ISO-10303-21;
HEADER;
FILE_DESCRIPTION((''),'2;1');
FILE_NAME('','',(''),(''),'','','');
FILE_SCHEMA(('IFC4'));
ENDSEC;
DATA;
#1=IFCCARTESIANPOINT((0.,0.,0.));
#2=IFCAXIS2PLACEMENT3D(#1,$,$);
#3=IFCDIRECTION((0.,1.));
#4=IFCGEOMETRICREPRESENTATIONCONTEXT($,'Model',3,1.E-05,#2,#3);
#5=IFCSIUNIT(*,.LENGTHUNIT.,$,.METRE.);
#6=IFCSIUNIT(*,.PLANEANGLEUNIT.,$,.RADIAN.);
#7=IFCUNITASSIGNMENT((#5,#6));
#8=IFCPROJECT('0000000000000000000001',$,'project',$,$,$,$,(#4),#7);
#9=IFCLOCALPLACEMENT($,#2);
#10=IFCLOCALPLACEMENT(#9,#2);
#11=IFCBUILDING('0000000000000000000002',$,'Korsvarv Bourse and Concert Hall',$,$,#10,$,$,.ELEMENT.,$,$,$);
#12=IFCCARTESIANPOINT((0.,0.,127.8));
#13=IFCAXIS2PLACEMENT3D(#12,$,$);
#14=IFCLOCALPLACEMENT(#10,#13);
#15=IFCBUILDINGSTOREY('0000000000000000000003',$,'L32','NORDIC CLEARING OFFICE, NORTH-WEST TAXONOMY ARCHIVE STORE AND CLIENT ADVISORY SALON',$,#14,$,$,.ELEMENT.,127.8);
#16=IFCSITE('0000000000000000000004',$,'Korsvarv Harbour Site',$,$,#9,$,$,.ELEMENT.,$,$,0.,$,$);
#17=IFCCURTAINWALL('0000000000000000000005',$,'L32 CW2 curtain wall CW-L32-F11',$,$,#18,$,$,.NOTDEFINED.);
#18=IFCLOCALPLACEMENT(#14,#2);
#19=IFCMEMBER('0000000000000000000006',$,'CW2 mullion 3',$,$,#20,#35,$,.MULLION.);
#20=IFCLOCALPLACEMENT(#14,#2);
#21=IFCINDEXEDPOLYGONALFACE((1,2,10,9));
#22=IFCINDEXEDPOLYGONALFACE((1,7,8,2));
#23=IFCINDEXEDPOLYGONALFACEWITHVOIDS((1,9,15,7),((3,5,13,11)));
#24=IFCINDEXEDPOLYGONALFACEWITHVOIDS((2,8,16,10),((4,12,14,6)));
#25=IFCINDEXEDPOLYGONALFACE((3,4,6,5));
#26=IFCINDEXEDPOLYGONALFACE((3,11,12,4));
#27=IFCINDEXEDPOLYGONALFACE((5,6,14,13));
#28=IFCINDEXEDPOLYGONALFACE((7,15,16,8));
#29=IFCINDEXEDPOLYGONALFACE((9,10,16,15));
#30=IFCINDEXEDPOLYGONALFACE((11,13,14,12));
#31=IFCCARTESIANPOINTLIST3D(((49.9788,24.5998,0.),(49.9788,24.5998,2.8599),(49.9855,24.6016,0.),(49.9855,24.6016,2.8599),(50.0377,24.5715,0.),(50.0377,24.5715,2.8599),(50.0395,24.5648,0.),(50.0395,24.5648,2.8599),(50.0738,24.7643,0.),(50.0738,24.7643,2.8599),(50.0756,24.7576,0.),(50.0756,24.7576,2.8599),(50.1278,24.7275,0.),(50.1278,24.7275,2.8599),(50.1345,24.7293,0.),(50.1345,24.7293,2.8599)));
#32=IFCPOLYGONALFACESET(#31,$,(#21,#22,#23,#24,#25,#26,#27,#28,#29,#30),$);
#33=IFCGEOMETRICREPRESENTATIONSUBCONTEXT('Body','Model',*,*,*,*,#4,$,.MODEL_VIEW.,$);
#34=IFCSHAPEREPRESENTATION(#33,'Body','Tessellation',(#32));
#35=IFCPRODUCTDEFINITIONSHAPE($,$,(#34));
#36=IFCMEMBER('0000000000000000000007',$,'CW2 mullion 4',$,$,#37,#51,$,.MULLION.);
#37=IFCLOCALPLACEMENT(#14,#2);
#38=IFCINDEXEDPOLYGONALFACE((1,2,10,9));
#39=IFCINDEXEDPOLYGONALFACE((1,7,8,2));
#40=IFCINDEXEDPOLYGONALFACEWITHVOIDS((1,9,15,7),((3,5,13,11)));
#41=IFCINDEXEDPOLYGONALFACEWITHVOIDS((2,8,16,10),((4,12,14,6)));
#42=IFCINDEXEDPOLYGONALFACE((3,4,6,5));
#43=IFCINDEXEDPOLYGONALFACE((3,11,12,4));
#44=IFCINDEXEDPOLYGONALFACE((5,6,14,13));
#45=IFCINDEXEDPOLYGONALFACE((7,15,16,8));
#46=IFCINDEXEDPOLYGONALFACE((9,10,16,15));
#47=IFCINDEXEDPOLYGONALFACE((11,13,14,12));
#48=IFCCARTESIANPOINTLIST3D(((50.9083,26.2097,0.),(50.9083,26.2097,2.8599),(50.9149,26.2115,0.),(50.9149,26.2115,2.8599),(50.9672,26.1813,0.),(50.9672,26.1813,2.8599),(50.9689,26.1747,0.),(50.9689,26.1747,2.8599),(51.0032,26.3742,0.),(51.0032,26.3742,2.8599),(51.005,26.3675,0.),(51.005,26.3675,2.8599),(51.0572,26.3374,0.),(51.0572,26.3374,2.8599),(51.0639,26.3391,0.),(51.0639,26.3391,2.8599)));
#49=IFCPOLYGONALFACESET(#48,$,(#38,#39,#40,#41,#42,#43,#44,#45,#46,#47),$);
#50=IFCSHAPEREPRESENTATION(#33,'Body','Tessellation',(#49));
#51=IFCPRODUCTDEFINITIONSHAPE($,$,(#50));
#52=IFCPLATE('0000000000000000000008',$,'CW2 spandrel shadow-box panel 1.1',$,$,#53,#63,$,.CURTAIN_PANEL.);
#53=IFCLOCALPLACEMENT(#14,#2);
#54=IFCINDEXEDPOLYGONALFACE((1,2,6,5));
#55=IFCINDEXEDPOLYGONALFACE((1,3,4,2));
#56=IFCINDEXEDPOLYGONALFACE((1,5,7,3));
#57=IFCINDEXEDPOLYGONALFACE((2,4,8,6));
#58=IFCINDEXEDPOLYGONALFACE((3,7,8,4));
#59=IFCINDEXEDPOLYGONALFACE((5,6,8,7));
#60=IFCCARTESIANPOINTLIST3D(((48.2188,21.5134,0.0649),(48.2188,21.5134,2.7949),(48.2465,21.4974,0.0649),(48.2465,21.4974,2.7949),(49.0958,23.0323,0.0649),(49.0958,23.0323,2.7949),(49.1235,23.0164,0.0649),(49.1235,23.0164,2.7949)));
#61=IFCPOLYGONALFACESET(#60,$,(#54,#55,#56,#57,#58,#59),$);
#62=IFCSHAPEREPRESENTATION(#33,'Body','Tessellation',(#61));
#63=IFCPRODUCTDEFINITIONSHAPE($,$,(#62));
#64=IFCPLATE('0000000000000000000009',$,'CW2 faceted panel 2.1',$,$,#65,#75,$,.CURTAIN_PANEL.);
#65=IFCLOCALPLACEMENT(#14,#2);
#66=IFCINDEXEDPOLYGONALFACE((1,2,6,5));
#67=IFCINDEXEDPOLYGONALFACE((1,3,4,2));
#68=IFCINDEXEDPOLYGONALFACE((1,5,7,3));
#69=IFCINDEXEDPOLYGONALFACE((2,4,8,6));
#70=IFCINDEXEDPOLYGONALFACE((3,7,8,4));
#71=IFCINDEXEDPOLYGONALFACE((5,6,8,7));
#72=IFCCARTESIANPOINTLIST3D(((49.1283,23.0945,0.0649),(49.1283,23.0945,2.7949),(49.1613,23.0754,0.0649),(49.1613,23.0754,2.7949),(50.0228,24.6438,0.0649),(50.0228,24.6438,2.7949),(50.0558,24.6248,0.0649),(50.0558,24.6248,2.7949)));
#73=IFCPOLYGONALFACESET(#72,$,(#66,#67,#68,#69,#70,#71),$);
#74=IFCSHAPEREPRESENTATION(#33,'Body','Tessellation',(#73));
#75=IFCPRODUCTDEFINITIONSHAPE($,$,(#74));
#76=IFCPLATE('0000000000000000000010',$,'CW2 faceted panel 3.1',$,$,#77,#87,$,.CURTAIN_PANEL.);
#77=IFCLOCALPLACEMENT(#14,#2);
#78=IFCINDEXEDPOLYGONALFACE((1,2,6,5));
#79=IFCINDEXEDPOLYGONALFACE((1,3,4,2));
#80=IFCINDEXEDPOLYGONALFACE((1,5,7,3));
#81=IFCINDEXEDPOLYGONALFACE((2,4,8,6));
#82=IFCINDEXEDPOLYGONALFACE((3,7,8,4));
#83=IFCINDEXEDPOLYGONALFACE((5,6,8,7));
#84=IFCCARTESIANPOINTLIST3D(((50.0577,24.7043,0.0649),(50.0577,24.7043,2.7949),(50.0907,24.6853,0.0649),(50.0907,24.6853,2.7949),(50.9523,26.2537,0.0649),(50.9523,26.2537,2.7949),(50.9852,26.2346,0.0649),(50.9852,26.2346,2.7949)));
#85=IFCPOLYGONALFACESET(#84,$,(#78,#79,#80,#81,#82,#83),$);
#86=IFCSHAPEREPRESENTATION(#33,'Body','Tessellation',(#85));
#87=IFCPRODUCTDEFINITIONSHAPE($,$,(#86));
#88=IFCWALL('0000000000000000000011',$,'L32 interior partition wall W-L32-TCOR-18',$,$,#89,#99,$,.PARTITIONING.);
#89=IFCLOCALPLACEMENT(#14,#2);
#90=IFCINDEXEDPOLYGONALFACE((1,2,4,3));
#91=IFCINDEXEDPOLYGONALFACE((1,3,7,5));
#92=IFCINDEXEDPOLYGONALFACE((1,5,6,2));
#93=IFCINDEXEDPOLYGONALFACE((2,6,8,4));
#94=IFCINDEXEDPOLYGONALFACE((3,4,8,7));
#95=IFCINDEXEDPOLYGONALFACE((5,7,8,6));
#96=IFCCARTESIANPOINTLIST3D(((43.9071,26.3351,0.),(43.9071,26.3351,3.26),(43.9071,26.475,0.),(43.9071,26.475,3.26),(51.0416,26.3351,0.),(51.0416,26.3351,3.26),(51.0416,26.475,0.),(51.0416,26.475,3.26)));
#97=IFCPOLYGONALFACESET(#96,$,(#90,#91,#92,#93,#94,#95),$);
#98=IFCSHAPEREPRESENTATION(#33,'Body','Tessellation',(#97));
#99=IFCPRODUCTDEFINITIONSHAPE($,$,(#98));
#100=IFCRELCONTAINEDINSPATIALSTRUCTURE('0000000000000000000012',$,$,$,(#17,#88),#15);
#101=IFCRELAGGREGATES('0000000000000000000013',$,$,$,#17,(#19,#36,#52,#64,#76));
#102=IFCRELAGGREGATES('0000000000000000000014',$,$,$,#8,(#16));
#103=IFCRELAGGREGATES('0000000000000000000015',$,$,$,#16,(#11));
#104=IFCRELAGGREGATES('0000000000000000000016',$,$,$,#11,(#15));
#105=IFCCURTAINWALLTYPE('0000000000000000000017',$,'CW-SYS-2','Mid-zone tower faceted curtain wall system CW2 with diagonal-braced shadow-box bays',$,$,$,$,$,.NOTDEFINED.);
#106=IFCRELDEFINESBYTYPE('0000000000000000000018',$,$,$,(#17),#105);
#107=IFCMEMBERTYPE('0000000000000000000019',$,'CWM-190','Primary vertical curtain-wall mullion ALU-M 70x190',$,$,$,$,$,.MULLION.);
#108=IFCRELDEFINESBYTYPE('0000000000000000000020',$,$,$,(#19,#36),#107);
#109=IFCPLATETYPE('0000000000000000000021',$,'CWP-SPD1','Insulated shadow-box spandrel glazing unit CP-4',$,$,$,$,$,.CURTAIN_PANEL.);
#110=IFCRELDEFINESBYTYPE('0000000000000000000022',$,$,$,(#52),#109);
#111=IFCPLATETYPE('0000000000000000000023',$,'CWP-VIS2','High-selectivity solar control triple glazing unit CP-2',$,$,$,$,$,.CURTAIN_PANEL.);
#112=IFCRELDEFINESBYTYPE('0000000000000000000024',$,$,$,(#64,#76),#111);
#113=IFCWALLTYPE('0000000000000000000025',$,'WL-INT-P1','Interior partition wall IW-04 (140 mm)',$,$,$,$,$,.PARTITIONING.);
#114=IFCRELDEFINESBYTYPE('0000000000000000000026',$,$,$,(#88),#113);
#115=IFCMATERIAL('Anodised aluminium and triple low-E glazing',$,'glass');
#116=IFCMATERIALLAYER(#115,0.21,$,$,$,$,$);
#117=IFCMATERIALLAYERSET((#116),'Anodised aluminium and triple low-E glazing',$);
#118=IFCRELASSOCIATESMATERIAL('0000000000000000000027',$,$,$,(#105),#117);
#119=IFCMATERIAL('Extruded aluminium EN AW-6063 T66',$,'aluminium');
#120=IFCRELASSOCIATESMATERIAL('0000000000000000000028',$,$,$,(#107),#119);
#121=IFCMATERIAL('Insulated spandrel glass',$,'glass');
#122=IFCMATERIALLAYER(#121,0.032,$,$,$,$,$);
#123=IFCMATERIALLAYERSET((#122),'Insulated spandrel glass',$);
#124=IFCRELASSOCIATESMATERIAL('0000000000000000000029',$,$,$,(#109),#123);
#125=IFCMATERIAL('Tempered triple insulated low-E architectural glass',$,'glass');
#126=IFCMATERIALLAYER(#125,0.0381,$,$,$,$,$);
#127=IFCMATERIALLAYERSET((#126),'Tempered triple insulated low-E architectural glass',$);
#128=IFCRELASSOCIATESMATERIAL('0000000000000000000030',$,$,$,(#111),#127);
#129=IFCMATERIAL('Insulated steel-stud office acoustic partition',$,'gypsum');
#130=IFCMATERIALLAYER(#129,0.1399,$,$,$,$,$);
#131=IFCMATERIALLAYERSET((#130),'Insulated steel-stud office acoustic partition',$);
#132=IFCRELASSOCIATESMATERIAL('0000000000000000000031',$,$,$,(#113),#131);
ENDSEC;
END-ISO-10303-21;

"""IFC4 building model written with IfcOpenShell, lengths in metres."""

from ifc_helpers import new_model, si_unit, direction, frame, frame_2d, origin, origin_2d, place, context, subcontext, project, spatial, rectangle, hollow_rectangle, extrude, source, transform, mapped, material, layer, layer_set, material_profile, profile_set, type_object, element, aggregate, save


model = new_model("IFC4")

# Units and contexts
model_context = context("Model", 3, precision=1e-05, world=origin(), true_north=direction((0.0, 1.0)))
body_context = subcontext(model_context, "Body", "Model", "MODEL_VIEW")
ifc_project = project(units=[si_unit("LENGTHUNIT", "METRE"), si_unit("PLANEANGLEUNIT", "RADIAN")], contexts=[model_context])

# Site, building, storey
site_placement = place(None, origin())
site = spatial("IfcSite", under=ifc_project, at=site_placement, Name="Korsvarv Harbour Site", CompositionType="ELEMENT", RefElevation=0.0)
building_placement = place(site_placement, origin())
building = spatial("IfcBuilding", under=site, at=building_placement, Name="Korsvarv Bourse and Concert Hall", CompositionType="ELEMENT")
storey_placement = place(building_placement, frame((0.0, 0.0, 127.8)))
storey = spatial("IfcBuildingStorey", under=building, at=storey_placement, Name="L32", Description="NORDIC CLEARING OFFICE, NORTH-WEST TAXONOMY ARCHIVE STORE AND CLIENT ADVISORY SALON", CompositionType="ELEMENT", Elevation=127.8)

# Curtain wall, members, plates
ifc_material_1 = material(Name="Anodised aluminium and triple low-E glazing", Category="glass")
ifc_layer_1 = layer(ifc_material_1, 0.21)
ifc_layer_set_1 = layer_set([ifc_layer_1], Name="Anodised aluminium and triple low-E glazing")
curtain_wall_type = type_object("IfcCurtainWallType", Name="CW-SYS-2", Description="Mid-zone tower faceted curtain wall system CW2 with diagonal-braced shadow-box bays", PredefinedType="NOTDEFINED", material=ifc_layer_set_1)
curtain_wall_placement = place(storey_placement, origin())
curtain_wall = element("IfcCurtainWall", 1, at=curtain_wall_placement, inside=storey, type_object=curtain_wall_type, Name="L32 CW2 curtain wall CW-L32-F11", PredefinedType="NOTDEFINED")
ifc_material_2 = material(Name="Extruded aluminium EN AW-6063 T66", Category="aluminium")
ifc_material_profile_1 = material_profile(ifc_material_2, hollow_rectangle(XDim=0.0701, YDim=0.1899, WallThickness=0.0049, at=origin_2d()), Name="ALU-M 70x190")
ifc_profile_set_1 = profile_set([ifc_material_profile_1], Name="Extruded aluminium EN AW-6063 T66")
member_type_1 = type_object("IfcMemberType", Name="CWM-190", Description="Primary vertical curtain-wall mullion ALU-M 70x190", PredefinedType="MULLION", material=ifc_profile_set_1)
shared_shape_1 = source(origin(), body_context, "Body", "SweptSolid", [
    extrude(hollow_rectangle(XDim=0.0701, YDim=0.1899, WallThickness=0.0049, at=origin_2d()), origin(), (0.0, 0.0, 1.0), 2.8599),
])
member_1_placement = place(storey_placement, frame((50.0566, 24.6646, 0.0), z_axis=(0.0, 0.0, 1.0), x_axis=(-0.866021, 0.500007, 0.0)))
member_1 = element("IfcMember", 2, at=member_1_placement, type_object=member_type_1, Name="CW2 mullion 3", PredefinedType="MULLION", context=body_context, shape_type="MappedRepresentation", body=[
    mapped(shared_shape_1, transform((0.0, 0.0, 0.0), scale=1.0)),
])
member_2_placement = place(storey_placement, frame((50.9861, 26.2744, 0.0), z_axis=(0.0, 0.0, 1.0), x_axis=(-0.866021, 0.500007, 0.0)))
member_2 = element("IfcMember", 3, at=member_2_placement, type_object=member_type_1, Name="CW2 mullion 4", PredefinedType="MULLION", context=body_context, shape_type="MappedRepresentation", body=[
    mapped(shared_shape_1, transform((0.0, 0.0, 0.0), scale=1.0)),
])
ifc_material_3 = material(Name="Insulated spandrel glass", Category="glass")
ifc_layer_2 = layer(ifc_material_3, 0.032)
ifc_layer_set_2 = layer_set([ifc_layer_2], Name="Insulated spandrel glass")
plate_type_1 = type_object("IfcPlateType", Name="CWP-SPD1", Description="Insulated shadow-box spandrel glazing unit CP-4", PredefinedType="CURTAIN_PANEL", material=ifc_layer_set_2)
shared_shape_2 = source(origin(), body_context, "Body", "SweptSolid", [
    extrude(rectangle(XDim=1.7539, YDim=0.032, at=origin_2d()), origin(), (0.0, 0.0, 1.0), 2.73),
])
plate_1_placement = place(storey_placement, frame((48.6711, 22.2649, 0.0649), z_axis=(0.0, 0.0, 1.0), x_axis=(0.500007, 0.866021, 0.0)))
plate_1 = element("IfcPlate", 4, at=plate_1_placement, type_object=plate_type_1, Name="CW2 spandrel shadow-box panel 1.1", PredefinedType="CURTAIN_PANEL", context=body_context, shape_type="MappedRepresentation", body=[
    mapped(shared_shape_2, transform((0.0, 0.0, 0.0), scale=1.0)),
])
ifc_material_4 = material(Name="Tempered triple insulated low-E architectural glass", Category="glass")
ifc_layer_3 = layer(ifc_material_4, 0.0381)
ifc_layer_set_3 = layer_set([ifc_layer_3], Name="Tempered triple insulated low-E architectural glass")
plate_type_2 = type_object("IfcPlateType", Name="CWP-VIS2", Description="High-selectivity solar control triple glazing unit CP-2", PredefinedType="CURTAIN_PANEL", material=ifc_layer_set_3)
shared_shape_3 = source(origin(), body_context, "Body", "SweptSolid", [
    extrude(rectangle(XDim=1.7891, YDim=0.0381, at=origin_2d()), origin(), (0.0, 0.0, 1.0), 2.73),
])
plate_2_placement = place(storey_placement, frame((49.592, 23.8596, 0.0649), z_axis=(0.0, 0.0, 1.0), x_axis=(0.500007, 0.866021, 0.0)))
plate_2 = element("IfcPlate", 5, at=plate_2_placement, type_object=plate_type_2, Name="CW2 faceted panel 2.1", PredefinedType="CURTAIN_PANEL", context=body_context, shape_type="MappedRepresentation", body=[
    mapped(shared_shape_3, transform((0.0, 0.0, 0.0), scale=1.0)),
])
plate_3_placement = place(storey_placement, frame((50.5215, 25.4695, 0.0649), z_axis=(0.0, 0.0, 1.0), x_axis=(0.500007, 0.866021, 0.0)))
plate_3 = element("IfcPlate", 6, at=plate_3_placement, type_object=plate_type_2, Name="CW2 faceted panel 3.1", PredefinedType="CURTAIN_PANEL", context=body_context, shape_type="MappedRepresentation", body=[
    mapped(shared_shape_3, transform((0.0, 0.0, 0.0), scale=1.0)),
])
aggregate(curtain_wall, [member_1, member_2, plate_1, plate_2, plate_3])

# Wall
ifc_material_5 = material(Name="Insulated steel-stud office acoustic partition", Category="gypsum")
ifc_layer_4 = layer(ifc_material_5, 0.1399)
ifc_layer_set_4 = layer_set([ifc_layer_4], Name="Insulated steel-stud office acoustic partition")
wall_type = type_object("IfcWallType", Name="WL-INT-P1", Description="Interior partition wall IW-04 (140 mm)", PredefinedType="PARTITIONING", material=ifc_layer_set_4)
wall_placement = place(storey_placement, frame((43.907, 26.405, 0.0), z_axis=(0.0, 0.0, 1.0), x_axis=(1.0, 0.0, 0.0)))
element("IfcWall", 7, at=wall_placement, inside=storey, type_object=wall_type, Name="L32 interior partition wall W-L32-TCOR-18", PredefinedType="PARTITIONING", context=body_context, shape_type="SweptSolid", body=[
    extrude(rectangle(XDim=7.1345, YDim=0.1399, at=frame_2d((3.5674, 0.0))), origin(), (0.0, 0.0, 1.0), 3.26),
])

save(model, "model.ifc")
